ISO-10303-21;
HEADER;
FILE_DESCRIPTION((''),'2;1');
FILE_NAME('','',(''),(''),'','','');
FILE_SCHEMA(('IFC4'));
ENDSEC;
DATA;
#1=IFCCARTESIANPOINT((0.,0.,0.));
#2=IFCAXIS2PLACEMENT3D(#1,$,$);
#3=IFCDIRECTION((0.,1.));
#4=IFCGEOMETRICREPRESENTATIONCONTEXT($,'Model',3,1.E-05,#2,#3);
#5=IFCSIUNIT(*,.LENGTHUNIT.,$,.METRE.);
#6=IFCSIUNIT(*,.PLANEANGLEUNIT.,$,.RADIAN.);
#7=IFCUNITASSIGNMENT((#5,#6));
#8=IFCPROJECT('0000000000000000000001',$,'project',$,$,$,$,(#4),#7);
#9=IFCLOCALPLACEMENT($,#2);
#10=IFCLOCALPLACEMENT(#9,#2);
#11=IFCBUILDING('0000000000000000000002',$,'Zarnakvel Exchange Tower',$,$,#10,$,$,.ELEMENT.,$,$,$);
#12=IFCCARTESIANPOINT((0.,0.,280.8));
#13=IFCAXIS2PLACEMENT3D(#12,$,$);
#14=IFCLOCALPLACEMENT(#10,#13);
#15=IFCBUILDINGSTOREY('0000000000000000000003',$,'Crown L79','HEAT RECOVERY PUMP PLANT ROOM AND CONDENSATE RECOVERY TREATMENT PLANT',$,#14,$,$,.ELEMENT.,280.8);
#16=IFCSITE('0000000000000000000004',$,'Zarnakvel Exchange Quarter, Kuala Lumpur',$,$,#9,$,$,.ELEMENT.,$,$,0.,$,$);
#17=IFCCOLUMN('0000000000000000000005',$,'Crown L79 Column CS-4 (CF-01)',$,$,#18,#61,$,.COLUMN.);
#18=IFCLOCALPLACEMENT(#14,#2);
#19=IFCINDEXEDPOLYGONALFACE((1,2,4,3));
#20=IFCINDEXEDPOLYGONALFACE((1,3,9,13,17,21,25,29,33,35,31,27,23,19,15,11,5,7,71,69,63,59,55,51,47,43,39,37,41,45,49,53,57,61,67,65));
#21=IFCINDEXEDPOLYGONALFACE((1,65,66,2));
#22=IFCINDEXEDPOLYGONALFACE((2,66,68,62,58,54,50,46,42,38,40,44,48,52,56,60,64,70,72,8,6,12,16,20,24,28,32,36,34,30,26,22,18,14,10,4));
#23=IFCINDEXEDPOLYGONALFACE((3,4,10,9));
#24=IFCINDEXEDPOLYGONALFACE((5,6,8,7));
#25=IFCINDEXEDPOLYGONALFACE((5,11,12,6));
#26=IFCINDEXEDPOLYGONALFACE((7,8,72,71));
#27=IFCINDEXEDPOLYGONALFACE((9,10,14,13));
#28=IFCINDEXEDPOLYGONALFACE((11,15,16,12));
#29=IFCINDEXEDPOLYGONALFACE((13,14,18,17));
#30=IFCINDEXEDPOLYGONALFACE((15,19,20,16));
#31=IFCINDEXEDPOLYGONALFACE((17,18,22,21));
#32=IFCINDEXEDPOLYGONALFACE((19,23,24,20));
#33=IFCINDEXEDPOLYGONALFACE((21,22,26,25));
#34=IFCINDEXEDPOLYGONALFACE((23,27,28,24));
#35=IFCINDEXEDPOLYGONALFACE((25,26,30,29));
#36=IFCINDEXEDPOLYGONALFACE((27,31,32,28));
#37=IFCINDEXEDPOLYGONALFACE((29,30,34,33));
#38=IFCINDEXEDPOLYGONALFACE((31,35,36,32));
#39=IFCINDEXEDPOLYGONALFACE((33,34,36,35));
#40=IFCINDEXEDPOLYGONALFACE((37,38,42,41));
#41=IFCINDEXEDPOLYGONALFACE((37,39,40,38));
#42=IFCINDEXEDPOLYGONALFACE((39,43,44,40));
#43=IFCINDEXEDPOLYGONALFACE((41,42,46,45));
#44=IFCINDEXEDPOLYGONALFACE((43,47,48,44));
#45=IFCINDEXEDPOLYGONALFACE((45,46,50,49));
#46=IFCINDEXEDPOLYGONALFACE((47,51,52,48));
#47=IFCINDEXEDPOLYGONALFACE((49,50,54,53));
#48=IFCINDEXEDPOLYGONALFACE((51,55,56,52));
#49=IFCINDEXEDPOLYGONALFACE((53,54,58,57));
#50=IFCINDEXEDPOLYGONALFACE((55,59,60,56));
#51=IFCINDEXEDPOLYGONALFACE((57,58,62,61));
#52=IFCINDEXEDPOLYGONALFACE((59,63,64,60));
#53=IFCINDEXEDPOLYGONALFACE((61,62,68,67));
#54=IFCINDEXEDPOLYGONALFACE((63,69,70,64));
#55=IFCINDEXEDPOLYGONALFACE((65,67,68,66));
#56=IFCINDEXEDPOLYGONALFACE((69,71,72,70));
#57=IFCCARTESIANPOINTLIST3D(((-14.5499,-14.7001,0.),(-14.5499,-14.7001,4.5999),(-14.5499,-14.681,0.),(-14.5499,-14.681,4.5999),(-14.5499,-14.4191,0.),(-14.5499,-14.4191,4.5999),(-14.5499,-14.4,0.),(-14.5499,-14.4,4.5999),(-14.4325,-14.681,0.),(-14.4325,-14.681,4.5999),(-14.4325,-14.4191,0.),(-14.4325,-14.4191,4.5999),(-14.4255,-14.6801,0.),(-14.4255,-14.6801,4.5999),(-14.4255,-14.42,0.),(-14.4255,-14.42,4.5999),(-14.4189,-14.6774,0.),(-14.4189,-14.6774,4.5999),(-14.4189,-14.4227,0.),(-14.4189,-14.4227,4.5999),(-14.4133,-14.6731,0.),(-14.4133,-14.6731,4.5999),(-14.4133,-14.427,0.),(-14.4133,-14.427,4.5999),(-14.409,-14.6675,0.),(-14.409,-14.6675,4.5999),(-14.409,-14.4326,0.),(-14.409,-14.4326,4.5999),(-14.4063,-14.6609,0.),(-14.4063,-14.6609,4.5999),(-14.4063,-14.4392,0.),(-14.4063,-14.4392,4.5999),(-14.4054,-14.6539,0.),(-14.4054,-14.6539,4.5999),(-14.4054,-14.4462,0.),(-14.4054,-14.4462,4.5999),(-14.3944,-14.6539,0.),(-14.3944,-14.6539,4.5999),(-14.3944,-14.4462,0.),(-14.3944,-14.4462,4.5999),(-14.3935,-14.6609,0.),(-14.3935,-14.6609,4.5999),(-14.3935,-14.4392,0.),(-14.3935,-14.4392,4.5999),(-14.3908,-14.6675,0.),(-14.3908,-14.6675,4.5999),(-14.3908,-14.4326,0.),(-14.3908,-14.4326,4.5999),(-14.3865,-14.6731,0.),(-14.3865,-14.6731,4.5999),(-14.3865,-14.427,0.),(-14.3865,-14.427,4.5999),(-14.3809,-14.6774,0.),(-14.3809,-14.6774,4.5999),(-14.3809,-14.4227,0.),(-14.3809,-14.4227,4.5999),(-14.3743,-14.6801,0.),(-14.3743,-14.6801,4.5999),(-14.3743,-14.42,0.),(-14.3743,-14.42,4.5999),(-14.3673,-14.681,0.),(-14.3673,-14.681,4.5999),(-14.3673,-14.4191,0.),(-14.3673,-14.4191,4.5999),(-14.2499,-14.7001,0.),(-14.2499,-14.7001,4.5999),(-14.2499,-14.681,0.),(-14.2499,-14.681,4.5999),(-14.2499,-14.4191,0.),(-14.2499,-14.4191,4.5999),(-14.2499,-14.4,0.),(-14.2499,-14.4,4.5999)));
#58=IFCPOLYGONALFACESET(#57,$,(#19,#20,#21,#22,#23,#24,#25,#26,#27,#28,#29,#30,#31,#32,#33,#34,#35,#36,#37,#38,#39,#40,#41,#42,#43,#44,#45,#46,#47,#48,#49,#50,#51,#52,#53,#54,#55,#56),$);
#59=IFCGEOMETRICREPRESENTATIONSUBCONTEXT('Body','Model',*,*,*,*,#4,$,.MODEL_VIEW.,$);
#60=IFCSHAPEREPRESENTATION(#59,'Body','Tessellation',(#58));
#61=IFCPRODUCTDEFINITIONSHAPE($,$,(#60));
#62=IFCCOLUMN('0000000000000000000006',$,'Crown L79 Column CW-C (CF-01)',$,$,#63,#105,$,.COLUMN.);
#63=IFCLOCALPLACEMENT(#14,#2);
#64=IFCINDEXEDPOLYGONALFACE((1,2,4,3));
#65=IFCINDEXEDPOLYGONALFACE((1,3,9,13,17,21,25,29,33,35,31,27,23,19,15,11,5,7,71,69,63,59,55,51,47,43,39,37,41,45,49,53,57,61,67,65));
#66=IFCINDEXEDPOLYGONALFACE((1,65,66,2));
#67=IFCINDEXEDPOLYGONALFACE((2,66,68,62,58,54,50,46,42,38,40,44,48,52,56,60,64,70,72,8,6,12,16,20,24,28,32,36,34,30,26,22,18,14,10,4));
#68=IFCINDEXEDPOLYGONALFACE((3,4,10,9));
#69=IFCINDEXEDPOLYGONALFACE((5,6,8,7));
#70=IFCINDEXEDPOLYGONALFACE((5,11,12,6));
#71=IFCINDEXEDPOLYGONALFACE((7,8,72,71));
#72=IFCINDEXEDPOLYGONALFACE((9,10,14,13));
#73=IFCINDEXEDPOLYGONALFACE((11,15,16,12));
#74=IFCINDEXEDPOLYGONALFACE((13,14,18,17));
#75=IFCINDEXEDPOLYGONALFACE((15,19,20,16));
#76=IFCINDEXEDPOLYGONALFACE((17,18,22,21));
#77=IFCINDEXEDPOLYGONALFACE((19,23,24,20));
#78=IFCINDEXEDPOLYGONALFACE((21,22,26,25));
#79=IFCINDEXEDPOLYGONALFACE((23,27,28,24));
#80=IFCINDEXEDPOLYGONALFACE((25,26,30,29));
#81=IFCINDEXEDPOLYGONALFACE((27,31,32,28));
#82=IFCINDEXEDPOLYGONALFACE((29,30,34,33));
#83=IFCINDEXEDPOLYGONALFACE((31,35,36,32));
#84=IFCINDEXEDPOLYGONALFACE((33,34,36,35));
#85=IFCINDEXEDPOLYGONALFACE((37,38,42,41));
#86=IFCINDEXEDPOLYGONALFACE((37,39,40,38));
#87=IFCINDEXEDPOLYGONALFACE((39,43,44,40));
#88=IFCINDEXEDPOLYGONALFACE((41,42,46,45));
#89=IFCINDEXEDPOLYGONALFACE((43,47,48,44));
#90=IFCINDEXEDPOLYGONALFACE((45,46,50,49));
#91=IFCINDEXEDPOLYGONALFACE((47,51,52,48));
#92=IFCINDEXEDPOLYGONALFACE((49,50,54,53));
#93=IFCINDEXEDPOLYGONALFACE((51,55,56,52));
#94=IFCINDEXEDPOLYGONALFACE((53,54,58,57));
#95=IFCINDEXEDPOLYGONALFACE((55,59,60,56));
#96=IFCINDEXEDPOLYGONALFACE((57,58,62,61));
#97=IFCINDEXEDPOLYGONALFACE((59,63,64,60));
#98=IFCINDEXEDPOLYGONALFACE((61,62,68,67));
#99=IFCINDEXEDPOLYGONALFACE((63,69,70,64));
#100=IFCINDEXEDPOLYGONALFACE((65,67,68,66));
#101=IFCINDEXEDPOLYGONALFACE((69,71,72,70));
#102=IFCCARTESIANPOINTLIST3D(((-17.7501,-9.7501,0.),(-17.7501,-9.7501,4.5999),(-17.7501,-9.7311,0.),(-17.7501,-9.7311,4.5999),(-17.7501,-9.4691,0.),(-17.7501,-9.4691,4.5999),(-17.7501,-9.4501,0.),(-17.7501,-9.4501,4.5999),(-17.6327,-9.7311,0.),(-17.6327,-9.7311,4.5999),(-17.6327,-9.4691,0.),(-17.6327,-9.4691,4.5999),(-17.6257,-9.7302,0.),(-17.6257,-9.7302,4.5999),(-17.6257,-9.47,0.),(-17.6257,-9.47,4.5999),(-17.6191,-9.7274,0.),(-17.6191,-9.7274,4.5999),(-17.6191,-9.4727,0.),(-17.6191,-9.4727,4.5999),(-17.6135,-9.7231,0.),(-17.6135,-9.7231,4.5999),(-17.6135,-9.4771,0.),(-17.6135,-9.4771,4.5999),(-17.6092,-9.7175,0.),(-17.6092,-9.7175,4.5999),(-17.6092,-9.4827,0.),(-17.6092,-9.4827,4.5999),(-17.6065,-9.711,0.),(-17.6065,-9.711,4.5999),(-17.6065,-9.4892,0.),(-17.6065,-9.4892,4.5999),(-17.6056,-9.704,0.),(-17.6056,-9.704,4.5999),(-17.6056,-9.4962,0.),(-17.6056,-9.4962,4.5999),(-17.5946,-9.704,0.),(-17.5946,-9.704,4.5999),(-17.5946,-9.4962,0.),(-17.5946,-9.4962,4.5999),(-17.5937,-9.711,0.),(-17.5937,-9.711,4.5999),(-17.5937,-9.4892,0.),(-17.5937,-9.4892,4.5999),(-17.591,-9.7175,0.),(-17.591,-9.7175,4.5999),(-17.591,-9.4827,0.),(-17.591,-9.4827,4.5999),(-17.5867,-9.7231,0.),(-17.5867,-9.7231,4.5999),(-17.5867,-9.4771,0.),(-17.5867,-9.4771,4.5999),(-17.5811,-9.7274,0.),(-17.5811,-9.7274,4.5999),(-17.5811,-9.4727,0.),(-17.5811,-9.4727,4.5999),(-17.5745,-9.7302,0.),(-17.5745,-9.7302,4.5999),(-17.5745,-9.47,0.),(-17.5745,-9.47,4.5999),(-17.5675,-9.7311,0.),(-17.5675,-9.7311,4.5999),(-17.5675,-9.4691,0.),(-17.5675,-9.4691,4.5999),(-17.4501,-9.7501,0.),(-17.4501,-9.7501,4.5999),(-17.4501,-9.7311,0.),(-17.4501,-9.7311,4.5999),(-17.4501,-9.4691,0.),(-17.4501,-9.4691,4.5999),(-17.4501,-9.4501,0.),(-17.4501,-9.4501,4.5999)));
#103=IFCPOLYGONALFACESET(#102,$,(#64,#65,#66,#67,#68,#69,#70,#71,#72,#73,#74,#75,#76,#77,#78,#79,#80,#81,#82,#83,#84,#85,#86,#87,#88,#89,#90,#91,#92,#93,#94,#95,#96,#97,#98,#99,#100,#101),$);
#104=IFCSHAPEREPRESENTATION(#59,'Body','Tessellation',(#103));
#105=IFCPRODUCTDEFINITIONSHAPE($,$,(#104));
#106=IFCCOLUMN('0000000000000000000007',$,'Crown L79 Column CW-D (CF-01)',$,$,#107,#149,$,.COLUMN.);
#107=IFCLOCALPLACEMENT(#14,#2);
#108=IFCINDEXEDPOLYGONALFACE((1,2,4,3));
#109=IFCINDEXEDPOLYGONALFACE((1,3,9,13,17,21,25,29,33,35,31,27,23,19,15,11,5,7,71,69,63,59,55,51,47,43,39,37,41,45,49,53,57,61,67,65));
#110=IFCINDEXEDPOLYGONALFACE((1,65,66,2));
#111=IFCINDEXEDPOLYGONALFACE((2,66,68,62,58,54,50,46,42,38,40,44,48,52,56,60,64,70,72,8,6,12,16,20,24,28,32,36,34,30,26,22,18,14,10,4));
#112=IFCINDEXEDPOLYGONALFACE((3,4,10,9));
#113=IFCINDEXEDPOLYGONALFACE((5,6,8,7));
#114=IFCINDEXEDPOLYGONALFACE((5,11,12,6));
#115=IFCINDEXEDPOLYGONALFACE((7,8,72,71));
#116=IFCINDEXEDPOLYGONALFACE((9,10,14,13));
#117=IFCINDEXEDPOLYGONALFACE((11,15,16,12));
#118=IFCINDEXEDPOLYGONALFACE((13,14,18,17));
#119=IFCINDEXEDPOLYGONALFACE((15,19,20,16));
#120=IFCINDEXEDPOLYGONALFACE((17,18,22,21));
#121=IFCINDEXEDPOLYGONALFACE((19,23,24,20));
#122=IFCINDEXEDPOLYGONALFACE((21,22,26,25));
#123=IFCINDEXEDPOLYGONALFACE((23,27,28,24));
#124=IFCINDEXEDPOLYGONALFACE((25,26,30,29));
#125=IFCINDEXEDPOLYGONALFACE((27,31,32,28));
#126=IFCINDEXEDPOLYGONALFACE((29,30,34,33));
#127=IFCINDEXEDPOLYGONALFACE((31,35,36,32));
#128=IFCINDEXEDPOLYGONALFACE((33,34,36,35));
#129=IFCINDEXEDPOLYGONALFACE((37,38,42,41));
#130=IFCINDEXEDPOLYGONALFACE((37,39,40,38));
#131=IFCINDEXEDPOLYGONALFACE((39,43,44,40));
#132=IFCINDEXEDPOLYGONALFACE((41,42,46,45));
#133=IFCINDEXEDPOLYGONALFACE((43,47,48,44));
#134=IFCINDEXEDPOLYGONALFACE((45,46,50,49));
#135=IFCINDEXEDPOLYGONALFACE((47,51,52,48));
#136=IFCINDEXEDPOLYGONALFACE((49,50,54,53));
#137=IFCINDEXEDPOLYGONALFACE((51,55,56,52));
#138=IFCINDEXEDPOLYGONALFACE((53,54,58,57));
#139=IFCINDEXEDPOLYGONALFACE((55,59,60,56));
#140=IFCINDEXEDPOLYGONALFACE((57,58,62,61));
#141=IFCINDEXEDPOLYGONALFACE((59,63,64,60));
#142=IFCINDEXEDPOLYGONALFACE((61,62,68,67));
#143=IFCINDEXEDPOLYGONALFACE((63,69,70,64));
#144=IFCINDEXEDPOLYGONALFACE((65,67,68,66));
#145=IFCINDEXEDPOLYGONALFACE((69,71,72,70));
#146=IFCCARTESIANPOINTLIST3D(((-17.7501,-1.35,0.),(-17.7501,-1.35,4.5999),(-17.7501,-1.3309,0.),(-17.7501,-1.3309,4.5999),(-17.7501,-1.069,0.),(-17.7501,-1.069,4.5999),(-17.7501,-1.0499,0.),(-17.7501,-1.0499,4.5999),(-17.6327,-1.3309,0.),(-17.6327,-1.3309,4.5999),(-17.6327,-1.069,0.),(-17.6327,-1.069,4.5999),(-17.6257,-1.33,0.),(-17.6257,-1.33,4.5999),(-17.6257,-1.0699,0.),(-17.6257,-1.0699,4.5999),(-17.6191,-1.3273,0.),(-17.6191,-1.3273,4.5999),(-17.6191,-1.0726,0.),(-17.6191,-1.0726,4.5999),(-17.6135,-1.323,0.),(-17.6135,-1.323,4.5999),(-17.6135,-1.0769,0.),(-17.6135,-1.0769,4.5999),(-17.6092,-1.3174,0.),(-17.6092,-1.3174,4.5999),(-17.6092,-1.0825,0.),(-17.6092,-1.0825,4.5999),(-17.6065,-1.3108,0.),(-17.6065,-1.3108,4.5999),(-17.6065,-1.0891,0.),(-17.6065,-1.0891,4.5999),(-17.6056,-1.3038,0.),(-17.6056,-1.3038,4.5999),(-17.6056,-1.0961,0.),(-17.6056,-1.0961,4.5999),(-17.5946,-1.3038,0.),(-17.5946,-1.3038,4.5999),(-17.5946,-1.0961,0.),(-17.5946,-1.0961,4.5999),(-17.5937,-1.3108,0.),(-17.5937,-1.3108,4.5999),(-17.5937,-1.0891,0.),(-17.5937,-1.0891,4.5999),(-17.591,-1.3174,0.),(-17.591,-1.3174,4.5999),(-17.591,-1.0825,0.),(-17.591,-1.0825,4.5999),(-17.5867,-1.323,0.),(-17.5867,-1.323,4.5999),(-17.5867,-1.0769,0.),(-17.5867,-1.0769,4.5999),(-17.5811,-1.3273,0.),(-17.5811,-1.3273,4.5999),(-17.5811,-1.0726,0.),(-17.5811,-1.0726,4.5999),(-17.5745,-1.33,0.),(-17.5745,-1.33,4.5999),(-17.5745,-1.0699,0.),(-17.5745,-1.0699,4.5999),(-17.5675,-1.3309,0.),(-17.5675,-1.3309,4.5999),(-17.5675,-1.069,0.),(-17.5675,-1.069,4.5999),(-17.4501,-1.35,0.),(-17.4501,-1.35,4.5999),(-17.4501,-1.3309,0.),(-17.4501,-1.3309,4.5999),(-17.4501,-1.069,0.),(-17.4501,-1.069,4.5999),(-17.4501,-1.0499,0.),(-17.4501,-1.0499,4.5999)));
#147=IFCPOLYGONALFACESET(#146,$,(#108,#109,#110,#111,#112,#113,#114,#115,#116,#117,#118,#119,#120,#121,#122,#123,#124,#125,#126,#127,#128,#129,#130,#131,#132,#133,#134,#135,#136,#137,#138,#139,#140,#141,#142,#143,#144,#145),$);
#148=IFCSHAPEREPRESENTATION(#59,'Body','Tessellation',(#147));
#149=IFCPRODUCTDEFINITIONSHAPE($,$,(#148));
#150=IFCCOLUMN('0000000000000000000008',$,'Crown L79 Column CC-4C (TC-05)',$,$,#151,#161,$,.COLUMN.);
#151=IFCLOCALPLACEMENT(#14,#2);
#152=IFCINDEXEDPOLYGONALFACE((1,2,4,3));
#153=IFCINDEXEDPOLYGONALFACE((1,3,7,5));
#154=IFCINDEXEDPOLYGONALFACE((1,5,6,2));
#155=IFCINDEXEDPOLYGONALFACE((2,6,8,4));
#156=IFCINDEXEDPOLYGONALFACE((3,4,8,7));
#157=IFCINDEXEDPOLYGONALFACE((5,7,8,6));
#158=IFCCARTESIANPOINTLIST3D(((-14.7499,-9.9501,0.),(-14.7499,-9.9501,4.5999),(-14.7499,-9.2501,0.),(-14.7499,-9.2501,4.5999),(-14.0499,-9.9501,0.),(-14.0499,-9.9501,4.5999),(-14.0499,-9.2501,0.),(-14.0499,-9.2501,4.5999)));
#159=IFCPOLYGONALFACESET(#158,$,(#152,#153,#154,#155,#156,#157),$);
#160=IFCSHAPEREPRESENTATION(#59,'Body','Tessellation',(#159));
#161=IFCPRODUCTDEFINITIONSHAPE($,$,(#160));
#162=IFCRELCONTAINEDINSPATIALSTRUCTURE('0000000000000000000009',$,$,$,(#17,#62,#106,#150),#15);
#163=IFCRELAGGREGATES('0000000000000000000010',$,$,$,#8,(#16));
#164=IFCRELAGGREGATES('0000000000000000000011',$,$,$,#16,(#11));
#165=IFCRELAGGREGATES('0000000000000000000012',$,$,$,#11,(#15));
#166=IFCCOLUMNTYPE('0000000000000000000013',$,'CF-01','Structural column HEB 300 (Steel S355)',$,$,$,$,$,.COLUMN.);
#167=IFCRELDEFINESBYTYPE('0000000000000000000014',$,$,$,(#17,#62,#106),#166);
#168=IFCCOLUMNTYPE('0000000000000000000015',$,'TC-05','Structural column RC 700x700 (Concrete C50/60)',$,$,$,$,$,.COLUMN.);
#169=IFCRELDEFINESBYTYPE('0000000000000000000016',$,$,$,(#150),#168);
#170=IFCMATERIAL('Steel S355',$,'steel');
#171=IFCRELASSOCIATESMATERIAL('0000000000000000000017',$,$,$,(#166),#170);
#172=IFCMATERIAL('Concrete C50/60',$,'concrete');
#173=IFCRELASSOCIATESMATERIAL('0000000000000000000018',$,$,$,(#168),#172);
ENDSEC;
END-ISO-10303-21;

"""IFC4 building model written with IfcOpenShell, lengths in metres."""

from ifc_helpers import new_model, si_unit, direction, frame, origin, origin_2d, place, context, subcontext, project, spatial, rectangle, i_section, extrude, material, material_profile, profile_set, type_object, element, save


model = new_model("IFC4")

# Units and contexts
model_context = context("Model", 3, precision=1e-05, world=origin(), true_north=direction((0.0, 1.0)))
body_context = subcontext(model_context, "Body", "Model", "MODEL_VIEW")
ifc_project = project(units=[si_unit("LENGTHUNIT", "METRE"), si_unit("PLANEANGLEUNIT", "RADIAN")], contexts=[model_context])

# Site, building, storey
site_placement = place(None, origin())
site = spatial("IfcSite", under=ifc_project, at=site_placement, Name="Zarnakvel Exchange Quarter, Kuala Lumpur", CompositionType="ELEMENT", RefElevation=0.0)
building_placement = place(site_placement, origin())
building = spatial("IfcBuilding", under=site, at=building_placement, Name="Zarnakvel Exchange Tower", CompositionType="ELEMENT")
storey_placement = place(building_placement, frame((0.0, 0.0, 280.8)))
storey = spatial("IfcBuildingStorey", under=building, at=storey_placement, Name="Crown L79", Description="HEAT RECOVERY PUMP PLANT ROOM AND CONDENSATE RECOVERY TREATMENT PLANT", CompositionType="ELEMENT", Elevation=280.8)

# Columns
ifc_material_1 = material(Name="Steel S355", Category="steel")
ifc_material_profile_1 = material_profile(ifc_material_1, i_section(OverallWidth=0.3, OverallDepth=0.3, WebThickness=0.011, FlangeThickness=0.019, FilletRadius=0.0271, at=origin_2d()))
ifc_profile_set_1 = profile_set([ifc_material_profile_1], Name="Steel S355")
column_type_1 = type_object("IfcColumnType", Name="CF-01", Description="Structural column HEB 300 (Steel S355)", PredefinedType="COLUMN", material=ifc_profile_set_1)
for number, where, z_axis, x_axis, name in (
    (1, (-14.3999, -14.55, 0.0), (0.0, 0.0, 1.0), (1.0, 0.0, 0.0), "Crown L79 Column CS-4 (CF-01)"),
    (2, (-17.6001, -9.6001, 0.0), (0.0, 0.0, 1.0), (1.0, 0.0, 0.0), "Crown L79 Column CW-C (CF-01)"),
    (3, (-17.6001, -1.2, 0.0), (0.0, 0.0, 1.0), (1.0, 0.0, 0.0), "Crown L79 Column CW-D (CF-01)"),
):
    element("IfcColumn", number, at=place(storey_placement, frame(where, z_axis=z_axis, x_axis=x_axis)), inside=storey, type_object=column_type_1, Name=name, PredefinedType="COLUMN", context=body_context, shape_type="SweptSolid", body=[
        extrude(i_section(OverallWidth=0.3, OverallDepth=0.3, WebThickness=0.011, FlangeThickness=0.019, FilletRadius=0.0271, at=origin_2d()), origin(), (0.0, 0.0, 1.0), 4.5999),
    ])
ifc_material_2 = material(Name="Concrete C50/60", Category="concrete")
ifc_material_profile_2 = material_profile(ifc_material_2, rectangle(XDim=0.7, YDim=0.7, at=origin_2d()))
ifc_profile_set_2 = profile_set([ifc_material_profile_2], Name="Concrete C50/60")
column_type_2 = type_object("IfcColumnType", Name="TC-05", Description="Structural column RC 700x700 (Concrete C50/60)", PredefinedType="COLUMN", material=ifc_profile_set_2)
column_placement = place(storey_placement, frame((-14.3999, -9.6001, 0.0), z_axis=(0.0, 0.0, 1.0), x_axis=(1.0, 0.0, 0.0)))
element("IfcColumn", 4, at=column_placement, inside=storey, type_object=column_type_2, Name="Crown L79 Column CC-4C (TC-05)", PredefinedType="COLUMN", context=body_context, shape_type="SweptSolid", body=[
    extrude(rectangle(XDim=0.7, YDim=0.7, at=origin_2d()), origin(), (0.0, 0.0, 1.0), 4.5999),
])

save(model, "model.ifc")
